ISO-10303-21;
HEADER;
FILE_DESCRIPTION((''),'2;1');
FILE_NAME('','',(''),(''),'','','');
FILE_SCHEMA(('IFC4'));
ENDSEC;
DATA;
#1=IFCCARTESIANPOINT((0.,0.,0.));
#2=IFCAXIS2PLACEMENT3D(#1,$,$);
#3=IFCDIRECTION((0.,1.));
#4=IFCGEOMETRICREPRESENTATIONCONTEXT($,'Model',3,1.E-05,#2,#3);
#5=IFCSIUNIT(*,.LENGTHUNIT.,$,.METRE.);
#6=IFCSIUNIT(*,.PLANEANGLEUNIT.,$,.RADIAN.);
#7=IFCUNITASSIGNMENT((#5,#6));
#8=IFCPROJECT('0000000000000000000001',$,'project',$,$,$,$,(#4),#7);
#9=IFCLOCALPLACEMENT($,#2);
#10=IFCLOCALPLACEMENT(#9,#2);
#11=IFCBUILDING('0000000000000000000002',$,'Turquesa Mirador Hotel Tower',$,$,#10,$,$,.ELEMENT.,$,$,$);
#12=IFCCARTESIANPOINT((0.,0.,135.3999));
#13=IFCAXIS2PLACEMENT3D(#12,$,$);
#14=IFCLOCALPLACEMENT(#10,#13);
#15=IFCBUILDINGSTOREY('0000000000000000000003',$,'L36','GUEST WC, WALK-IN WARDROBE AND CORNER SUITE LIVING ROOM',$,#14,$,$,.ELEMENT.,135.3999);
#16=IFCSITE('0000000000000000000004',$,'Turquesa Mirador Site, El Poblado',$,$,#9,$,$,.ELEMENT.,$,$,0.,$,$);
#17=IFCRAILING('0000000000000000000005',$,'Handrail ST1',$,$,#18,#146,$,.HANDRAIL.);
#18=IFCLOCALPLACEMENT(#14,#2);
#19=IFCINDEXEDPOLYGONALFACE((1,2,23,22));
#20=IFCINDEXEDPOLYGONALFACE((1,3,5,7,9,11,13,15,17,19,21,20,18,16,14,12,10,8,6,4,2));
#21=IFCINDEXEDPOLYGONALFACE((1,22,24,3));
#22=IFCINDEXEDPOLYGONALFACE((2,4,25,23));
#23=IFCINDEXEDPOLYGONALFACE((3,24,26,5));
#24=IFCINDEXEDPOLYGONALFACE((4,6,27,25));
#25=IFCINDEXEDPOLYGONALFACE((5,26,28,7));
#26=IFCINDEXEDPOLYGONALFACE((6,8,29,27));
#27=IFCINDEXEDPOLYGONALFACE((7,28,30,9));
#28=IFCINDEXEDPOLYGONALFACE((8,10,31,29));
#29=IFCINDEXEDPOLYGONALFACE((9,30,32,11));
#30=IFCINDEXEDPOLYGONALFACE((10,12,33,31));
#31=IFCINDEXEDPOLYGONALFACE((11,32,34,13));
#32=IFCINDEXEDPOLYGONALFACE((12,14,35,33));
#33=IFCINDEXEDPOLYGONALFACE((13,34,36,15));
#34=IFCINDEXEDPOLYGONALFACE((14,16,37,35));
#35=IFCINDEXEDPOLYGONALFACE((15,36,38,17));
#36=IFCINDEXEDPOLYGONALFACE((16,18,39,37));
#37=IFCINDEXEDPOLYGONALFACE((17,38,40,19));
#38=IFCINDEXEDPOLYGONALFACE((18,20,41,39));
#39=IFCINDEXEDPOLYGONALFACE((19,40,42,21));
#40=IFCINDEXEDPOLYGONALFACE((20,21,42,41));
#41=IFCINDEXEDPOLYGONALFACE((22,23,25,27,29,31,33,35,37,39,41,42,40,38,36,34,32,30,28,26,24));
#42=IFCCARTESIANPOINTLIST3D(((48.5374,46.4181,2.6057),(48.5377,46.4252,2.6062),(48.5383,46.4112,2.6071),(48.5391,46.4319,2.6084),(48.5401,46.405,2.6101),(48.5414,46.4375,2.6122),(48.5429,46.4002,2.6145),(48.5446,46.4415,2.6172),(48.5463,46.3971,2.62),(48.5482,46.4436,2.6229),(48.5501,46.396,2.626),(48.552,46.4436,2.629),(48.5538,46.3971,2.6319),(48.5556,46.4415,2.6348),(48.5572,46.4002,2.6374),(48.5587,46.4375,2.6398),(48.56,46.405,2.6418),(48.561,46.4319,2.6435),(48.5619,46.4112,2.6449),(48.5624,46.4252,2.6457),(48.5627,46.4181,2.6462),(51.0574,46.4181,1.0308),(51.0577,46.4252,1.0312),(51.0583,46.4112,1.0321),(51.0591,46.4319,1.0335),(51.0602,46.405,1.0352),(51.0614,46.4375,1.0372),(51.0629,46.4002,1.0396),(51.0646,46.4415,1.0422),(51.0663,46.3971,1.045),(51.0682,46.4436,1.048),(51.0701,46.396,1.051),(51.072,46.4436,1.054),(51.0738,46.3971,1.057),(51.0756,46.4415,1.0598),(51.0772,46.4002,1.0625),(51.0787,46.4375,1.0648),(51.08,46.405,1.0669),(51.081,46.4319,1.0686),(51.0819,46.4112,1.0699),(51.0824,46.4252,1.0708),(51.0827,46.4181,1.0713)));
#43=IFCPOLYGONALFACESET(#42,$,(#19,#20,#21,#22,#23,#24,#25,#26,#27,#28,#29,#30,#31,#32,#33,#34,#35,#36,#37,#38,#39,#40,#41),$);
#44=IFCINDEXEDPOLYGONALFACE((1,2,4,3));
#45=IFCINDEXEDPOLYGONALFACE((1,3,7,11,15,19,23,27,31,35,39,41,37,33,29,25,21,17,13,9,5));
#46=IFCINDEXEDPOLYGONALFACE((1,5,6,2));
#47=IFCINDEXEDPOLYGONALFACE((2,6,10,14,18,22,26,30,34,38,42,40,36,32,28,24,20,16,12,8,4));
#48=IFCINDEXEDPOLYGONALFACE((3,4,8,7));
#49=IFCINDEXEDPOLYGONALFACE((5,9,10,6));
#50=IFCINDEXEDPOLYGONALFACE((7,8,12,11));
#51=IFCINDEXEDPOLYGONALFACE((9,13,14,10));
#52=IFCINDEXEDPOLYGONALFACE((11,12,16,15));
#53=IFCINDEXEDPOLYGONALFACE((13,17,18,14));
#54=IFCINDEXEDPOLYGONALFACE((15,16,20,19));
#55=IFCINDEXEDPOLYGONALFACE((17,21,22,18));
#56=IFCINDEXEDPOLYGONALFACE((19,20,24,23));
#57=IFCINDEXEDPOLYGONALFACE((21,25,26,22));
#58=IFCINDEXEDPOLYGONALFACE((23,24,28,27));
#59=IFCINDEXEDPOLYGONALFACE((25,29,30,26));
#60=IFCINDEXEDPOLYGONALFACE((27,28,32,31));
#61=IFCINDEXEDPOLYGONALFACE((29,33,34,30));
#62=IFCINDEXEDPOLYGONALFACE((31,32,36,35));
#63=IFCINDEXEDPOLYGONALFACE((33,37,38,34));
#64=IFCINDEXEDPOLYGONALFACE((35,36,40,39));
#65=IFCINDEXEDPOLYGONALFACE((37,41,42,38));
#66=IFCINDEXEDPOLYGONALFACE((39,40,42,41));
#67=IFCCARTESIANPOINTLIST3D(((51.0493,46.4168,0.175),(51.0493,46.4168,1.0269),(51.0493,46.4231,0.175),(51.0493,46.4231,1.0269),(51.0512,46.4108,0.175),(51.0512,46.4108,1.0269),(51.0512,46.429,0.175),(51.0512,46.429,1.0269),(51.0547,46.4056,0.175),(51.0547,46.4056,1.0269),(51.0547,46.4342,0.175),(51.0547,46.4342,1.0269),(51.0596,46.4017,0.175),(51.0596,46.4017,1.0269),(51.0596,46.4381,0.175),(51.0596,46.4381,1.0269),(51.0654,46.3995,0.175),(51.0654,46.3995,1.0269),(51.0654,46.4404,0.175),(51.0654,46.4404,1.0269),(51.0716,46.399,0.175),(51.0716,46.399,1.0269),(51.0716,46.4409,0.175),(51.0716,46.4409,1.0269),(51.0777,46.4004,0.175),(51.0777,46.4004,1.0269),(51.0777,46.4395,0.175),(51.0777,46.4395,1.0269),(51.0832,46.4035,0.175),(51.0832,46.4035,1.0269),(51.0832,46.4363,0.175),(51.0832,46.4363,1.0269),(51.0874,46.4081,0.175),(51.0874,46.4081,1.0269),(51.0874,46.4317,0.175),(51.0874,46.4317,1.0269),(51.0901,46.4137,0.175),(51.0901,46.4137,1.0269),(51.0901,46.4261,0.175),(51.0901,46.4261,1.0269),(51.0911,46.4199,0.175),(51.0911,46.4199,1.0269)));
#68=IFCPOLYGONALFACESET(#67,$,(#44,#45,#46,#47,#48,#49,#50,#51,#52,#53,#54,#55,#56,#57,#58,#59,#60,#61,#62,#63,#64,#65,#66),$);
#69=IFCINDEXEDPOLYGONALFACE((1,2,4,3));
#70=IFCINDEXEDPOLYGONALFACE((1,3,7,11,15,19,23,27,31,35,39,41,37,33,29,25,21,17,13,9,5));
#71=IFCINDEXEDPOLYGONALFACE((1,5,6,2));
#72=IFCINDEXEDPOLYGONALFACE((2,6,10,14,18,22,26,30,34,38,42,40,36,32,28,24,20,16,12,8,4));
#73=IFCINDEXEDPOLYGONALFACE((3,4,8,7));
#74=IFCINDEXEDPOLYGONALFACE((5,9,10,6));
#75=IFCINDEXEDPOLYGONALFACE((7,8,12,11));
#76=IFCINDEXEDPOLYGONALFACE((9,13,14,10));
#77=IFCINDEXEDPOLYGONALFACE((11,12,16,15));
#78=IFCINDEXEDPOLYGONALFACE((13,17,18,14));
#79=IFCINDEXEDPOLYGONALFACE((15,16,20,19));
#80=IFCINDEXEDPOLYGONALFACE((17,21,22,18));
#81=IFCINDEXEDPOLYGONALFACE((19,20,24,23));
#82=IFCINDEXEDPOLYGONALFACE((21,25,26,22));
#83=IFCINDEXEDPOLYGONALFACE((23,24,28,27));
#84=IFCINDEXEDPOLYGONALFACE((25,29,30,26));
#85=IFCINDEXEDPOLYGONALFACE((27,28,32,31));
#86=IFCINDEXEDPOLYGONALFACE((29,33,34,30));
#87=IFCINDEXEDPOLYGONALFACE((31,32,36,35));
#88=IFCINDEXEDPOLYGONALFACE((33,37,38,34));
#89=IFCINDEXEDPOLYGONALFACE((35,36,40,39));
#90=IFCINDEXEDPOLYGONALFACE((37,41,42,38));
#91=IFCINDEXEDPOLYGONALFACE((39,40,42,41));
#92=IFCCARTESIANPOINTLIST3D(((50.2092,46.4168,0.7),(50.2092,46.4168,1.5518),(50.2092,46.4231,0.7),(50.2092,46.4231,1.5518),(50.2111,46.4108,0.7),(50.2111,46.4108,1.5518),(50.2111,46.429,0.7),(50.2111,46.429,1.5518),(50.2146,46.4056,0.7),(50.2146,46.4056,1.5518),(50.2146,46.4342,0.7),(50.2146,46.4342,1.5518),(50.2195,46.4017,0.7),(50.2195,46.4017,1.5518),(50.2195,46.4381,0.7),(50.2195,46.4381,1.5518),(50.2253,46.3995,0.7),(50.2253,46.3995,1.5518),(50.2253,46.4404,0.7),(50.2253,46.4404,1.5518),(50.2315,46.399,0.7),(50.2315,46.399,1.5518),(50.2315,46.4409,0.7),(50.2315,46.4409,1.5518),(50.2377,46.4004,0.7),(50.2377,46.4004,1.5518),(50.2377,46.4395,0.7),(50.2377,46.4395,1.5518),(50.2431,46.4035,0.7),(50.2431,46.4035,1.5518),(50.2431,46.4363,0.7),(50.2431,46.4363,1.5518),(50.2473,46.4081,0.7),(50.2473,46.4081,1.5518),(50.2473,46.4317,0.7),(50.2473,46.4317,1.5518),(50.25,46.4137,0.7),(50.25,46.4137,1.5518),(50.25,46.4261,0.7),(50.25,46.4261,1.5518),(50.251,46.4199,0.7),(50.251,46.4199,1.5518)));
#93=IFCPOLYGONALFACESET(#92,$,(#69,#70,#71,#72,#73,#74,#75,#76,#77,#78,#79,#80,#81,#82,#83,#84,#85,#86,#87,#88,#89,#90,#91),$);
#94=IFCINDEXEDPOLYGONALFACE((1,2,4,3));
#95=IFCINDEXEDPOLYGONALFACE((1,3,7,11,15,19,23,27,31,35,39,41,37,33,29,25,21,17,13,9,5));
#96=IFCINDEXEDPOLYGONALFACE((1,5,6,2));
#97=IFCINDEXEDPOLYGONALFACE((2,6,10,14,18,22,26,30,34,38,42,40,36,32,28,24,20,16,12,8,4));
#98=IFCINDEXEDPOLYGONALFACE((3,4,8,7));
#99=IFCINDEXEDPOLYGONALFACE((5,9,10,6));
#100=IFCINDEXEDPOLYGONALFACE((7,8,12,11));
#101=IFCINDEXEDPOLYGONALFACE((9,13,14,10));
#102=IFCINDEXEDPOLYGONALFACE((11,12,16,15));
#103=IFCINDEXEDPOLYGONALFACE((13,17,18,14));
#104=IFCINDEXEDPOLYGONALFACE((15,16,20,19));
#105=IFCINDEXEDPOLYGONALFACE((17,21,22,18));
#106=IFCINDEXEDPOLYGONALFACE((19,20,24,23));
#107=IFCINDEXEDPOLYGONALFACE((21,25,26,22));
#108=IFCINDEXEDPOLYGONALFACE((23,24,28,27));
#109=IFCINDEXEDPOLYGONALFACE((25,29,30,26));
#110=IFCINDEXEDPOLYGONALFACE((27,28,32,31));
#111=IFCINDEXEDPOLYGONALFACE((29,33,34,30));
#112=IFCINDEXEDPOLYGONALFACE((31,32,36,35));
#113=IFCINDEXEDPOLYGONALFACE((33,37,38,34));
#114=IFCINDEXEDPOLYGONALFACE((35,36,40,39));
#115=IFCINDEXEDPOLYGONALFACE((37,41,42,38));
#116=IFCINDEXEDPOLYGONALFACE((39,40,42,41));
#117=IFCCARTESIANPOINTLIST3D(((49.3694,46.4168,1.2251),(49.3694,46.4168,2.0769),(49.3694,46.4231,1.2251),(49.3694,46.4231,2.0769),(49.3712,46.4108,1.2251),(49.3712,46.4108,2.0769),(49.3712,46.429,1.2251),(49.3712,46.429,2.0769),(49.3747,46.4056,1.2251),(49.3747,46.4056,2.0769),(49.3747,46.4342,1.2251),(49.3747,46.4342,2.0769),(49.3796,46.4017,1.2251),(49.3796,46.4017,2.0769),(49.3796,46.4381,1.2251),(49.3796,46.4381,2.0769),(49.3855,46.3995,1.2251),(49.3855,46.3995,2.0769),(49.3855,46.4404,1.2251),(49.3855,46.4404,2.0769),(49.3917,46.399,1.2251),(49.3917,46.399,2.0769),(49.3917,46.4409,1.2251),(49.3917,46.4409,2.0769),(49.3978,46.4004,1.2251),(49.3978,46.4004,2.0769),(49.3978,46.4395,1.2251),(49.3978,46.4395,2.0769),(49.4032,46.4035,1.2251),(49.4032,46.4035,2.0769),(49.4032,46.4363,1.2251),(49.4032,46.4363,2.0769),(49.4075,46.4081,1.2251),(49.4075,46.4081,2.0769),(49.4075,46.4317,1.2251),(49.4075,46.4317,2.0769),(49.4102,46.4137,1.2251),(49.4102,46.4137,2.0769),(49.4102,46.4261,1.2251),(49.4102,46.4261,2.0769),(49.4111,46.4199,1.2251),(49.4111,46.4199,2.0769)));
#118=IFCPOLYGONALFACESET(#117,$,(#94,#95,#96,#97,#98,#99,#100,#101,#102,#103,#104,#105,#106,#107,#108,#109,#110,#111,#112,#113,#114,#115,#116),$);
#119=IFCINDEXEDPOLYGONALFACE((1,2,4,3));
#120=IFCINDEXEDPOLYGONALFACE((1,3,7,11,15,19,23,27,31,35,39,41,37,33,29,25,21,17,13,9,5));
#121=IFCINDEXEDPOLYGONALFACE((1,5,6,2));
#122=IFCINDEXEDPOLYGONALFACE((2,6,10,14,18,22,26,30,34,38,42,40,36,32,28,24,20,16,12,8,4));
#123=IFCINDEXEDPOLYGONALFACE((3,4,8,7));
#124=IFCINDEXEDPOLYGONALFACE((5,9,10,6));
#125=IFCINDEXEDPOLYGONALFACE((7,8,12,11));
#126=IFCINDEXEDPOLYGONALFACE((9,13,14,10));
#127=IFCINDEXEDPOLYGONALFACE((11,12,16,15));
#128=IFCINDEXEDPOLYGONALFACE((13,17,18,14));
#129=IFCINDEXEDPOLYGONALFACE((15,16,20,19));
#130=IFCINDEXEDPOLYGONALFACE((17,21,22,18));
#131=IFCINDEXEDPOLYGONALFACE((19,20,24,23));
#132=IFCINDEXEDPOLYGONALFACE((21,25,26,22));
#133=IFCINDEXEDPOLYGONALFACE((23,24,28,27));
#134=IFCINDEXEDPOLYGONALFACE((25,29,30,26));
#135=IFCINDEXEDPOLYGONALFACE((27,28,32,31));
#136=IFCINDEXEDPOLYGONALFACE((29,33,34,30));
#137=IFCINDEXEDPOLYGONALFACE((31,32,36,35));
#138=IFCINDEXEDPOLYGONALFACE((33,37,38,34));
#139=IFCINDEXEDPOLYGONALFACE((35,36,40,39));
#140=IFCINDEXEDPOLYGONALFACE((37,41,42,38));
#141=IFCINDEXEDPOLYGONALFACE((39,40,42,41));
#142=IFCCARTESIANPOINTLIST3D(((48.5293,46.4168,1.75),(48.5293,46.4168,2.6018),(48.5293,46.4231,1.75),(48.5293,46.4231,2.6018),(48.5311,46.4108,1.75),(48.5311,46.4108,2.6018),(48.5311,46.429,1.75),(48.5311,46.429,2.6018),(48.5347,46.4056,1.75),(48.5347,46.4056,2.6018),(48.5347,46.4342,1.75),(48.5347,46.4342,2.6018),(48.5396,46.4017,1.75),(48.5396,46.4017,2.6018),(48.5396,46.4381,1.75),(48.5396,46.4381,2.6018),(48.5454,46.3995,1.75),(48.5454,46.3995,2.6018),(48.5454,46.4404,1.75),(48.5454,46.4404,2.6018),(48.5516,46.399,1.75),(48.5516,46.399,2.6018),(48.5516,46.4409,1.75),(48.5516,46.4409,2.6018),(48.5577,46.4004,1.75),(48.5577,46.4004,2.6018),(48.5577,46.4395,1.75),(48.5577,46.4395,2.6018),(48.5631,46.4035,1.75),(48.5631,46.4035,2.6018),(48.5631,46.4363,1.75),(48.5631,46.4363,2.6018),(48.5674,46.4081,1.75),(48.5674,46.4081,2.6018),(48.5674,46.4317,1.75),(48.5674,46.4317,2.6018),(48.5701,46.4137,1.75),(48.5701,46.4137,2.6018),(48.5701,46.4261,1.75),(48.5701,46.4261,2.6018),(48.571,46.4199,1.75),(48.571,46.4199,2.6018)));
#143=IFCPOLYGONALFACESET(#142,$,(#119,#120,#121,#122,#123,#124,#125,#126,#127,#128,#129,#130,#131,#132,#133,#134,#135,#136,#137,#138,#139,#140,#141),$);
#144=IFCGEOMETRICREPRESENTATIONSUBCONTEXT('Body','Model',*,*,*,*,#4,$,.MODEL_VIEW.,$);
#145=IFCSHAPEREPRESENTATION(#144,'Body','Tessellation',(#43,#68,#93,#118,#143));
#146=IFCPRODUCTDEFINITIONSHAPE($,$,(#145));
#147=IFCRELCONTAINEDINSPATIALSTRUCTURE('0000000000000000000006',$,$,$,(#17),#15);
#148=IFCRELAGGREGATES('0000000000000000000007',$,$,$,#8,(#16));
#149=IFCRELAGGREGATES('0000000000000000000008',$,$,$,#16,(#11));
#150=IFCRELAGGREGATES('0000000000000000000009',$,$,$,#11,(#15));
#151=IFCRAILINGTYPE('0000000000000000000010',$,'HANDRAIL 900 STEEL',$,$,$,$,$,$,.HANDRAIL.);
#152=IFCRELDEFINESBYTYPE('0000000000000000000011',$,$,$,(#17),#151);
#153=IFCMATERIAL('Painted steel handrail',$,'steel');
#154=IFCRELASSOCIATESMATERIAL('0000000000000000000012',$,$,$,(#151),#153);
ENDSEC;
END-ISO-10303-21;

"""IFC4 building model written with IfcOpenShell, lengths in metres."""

from ifc_helpers import new_model, si_unit, direction, frame, origin, origin_2d, place, context, subcontext, project, spatial, circle, extrude, material, type_object, element, save


model = new_model("IFC4")

# Units and contexts
model_context = context("Model", 3, precision=1e-05, world=origin(), true_north=direction((0.0, 1.0)))
body_context = subcontext(model_context, "Body", "Model", "MODEL_VIEW")
ifc_project = project(units=[si_unit("LENGTHUNIT", "METRE"), si_unit("PLANEANGLEUNIT", "RADIAN")], contexts=[model_context])

# Site, building, storey
site_placement = place(None, origin())
site = spatial("IfcSite", under=ifc_project, at=site_placement, Name="Turquesa Mirador Site, El Poblado", CompositionType="ELEMENT", RefElevation=0.0)
building_placement = place(site_placement, origin())
building = spatial("IfcBuilding", under=site, at=building_placement, Name="Turquesa Mirador Hotel Tower", CompositionType="ELEMENT")
storey_placement = place(building_placement, frame((0.0, 0.0, 135.3999)))
storey = spatial("IfcBuildingStorey", under=building, at=storey_placement, Name="L36", Description="GUEST WC, WALK-IN WARDROBE AND CORNER SUITE LIVING ROOM", CompositionType="ELEMENT", Elevation=135.3999)

# Railing
ifc_material_1 = material(Name="Painted steel handrail", Category="steel")
railing_type = type_object("IfcRailingType", Name="HANDRAIL 900 STEEL", PredefinedType="HANDRAIL", material=ifc_material_1)
for number, where, name in (
    (1, (51.0701, 46.4199, 0.175), "Handrail ST1"),
):
    element("IfcRailing", number, at=place(storey_placement, frame(where)), inside=storey, type_object=railing_type, Name=name, PredefinedType="HANDRAIL", context=body_context, shape_type="SweptSolid", body=[
        extrude(circle(Radius=0.0239, at=origin_2d()), frame((0.0, 0.0, 0.876), z_axis=(-0.848008, 0.0, 0.529984), x_axis=(0.0, -1.0, 0.0)), (0.0, 0.0, 1.0), 2.9717),
        extrude(circle(Radius=0.021, at=origin_2d()), origin(), (0.0, 0.0, 1.0), 0.8518),
        extrude(circle(Radius=0.021, at=origin_2d()), frame((-0.8401, 0.0, 0.5249)), (0.0, 0.0, 1.0), 0.8518),
        extrude(circle(Radius=0.021, at=origin_2d()), frame((-1.6799, 0.0, 1.05)), (0.0, 0.0, 1.0), 0.8518),
        extrude(circle(Radius=0.021, at=origin_2d()), frame((-2.52, 0.0, 1.575)), (0.0, 0.0, 1.0), 0.8518),
    ])

save(model, "model.ifc")
